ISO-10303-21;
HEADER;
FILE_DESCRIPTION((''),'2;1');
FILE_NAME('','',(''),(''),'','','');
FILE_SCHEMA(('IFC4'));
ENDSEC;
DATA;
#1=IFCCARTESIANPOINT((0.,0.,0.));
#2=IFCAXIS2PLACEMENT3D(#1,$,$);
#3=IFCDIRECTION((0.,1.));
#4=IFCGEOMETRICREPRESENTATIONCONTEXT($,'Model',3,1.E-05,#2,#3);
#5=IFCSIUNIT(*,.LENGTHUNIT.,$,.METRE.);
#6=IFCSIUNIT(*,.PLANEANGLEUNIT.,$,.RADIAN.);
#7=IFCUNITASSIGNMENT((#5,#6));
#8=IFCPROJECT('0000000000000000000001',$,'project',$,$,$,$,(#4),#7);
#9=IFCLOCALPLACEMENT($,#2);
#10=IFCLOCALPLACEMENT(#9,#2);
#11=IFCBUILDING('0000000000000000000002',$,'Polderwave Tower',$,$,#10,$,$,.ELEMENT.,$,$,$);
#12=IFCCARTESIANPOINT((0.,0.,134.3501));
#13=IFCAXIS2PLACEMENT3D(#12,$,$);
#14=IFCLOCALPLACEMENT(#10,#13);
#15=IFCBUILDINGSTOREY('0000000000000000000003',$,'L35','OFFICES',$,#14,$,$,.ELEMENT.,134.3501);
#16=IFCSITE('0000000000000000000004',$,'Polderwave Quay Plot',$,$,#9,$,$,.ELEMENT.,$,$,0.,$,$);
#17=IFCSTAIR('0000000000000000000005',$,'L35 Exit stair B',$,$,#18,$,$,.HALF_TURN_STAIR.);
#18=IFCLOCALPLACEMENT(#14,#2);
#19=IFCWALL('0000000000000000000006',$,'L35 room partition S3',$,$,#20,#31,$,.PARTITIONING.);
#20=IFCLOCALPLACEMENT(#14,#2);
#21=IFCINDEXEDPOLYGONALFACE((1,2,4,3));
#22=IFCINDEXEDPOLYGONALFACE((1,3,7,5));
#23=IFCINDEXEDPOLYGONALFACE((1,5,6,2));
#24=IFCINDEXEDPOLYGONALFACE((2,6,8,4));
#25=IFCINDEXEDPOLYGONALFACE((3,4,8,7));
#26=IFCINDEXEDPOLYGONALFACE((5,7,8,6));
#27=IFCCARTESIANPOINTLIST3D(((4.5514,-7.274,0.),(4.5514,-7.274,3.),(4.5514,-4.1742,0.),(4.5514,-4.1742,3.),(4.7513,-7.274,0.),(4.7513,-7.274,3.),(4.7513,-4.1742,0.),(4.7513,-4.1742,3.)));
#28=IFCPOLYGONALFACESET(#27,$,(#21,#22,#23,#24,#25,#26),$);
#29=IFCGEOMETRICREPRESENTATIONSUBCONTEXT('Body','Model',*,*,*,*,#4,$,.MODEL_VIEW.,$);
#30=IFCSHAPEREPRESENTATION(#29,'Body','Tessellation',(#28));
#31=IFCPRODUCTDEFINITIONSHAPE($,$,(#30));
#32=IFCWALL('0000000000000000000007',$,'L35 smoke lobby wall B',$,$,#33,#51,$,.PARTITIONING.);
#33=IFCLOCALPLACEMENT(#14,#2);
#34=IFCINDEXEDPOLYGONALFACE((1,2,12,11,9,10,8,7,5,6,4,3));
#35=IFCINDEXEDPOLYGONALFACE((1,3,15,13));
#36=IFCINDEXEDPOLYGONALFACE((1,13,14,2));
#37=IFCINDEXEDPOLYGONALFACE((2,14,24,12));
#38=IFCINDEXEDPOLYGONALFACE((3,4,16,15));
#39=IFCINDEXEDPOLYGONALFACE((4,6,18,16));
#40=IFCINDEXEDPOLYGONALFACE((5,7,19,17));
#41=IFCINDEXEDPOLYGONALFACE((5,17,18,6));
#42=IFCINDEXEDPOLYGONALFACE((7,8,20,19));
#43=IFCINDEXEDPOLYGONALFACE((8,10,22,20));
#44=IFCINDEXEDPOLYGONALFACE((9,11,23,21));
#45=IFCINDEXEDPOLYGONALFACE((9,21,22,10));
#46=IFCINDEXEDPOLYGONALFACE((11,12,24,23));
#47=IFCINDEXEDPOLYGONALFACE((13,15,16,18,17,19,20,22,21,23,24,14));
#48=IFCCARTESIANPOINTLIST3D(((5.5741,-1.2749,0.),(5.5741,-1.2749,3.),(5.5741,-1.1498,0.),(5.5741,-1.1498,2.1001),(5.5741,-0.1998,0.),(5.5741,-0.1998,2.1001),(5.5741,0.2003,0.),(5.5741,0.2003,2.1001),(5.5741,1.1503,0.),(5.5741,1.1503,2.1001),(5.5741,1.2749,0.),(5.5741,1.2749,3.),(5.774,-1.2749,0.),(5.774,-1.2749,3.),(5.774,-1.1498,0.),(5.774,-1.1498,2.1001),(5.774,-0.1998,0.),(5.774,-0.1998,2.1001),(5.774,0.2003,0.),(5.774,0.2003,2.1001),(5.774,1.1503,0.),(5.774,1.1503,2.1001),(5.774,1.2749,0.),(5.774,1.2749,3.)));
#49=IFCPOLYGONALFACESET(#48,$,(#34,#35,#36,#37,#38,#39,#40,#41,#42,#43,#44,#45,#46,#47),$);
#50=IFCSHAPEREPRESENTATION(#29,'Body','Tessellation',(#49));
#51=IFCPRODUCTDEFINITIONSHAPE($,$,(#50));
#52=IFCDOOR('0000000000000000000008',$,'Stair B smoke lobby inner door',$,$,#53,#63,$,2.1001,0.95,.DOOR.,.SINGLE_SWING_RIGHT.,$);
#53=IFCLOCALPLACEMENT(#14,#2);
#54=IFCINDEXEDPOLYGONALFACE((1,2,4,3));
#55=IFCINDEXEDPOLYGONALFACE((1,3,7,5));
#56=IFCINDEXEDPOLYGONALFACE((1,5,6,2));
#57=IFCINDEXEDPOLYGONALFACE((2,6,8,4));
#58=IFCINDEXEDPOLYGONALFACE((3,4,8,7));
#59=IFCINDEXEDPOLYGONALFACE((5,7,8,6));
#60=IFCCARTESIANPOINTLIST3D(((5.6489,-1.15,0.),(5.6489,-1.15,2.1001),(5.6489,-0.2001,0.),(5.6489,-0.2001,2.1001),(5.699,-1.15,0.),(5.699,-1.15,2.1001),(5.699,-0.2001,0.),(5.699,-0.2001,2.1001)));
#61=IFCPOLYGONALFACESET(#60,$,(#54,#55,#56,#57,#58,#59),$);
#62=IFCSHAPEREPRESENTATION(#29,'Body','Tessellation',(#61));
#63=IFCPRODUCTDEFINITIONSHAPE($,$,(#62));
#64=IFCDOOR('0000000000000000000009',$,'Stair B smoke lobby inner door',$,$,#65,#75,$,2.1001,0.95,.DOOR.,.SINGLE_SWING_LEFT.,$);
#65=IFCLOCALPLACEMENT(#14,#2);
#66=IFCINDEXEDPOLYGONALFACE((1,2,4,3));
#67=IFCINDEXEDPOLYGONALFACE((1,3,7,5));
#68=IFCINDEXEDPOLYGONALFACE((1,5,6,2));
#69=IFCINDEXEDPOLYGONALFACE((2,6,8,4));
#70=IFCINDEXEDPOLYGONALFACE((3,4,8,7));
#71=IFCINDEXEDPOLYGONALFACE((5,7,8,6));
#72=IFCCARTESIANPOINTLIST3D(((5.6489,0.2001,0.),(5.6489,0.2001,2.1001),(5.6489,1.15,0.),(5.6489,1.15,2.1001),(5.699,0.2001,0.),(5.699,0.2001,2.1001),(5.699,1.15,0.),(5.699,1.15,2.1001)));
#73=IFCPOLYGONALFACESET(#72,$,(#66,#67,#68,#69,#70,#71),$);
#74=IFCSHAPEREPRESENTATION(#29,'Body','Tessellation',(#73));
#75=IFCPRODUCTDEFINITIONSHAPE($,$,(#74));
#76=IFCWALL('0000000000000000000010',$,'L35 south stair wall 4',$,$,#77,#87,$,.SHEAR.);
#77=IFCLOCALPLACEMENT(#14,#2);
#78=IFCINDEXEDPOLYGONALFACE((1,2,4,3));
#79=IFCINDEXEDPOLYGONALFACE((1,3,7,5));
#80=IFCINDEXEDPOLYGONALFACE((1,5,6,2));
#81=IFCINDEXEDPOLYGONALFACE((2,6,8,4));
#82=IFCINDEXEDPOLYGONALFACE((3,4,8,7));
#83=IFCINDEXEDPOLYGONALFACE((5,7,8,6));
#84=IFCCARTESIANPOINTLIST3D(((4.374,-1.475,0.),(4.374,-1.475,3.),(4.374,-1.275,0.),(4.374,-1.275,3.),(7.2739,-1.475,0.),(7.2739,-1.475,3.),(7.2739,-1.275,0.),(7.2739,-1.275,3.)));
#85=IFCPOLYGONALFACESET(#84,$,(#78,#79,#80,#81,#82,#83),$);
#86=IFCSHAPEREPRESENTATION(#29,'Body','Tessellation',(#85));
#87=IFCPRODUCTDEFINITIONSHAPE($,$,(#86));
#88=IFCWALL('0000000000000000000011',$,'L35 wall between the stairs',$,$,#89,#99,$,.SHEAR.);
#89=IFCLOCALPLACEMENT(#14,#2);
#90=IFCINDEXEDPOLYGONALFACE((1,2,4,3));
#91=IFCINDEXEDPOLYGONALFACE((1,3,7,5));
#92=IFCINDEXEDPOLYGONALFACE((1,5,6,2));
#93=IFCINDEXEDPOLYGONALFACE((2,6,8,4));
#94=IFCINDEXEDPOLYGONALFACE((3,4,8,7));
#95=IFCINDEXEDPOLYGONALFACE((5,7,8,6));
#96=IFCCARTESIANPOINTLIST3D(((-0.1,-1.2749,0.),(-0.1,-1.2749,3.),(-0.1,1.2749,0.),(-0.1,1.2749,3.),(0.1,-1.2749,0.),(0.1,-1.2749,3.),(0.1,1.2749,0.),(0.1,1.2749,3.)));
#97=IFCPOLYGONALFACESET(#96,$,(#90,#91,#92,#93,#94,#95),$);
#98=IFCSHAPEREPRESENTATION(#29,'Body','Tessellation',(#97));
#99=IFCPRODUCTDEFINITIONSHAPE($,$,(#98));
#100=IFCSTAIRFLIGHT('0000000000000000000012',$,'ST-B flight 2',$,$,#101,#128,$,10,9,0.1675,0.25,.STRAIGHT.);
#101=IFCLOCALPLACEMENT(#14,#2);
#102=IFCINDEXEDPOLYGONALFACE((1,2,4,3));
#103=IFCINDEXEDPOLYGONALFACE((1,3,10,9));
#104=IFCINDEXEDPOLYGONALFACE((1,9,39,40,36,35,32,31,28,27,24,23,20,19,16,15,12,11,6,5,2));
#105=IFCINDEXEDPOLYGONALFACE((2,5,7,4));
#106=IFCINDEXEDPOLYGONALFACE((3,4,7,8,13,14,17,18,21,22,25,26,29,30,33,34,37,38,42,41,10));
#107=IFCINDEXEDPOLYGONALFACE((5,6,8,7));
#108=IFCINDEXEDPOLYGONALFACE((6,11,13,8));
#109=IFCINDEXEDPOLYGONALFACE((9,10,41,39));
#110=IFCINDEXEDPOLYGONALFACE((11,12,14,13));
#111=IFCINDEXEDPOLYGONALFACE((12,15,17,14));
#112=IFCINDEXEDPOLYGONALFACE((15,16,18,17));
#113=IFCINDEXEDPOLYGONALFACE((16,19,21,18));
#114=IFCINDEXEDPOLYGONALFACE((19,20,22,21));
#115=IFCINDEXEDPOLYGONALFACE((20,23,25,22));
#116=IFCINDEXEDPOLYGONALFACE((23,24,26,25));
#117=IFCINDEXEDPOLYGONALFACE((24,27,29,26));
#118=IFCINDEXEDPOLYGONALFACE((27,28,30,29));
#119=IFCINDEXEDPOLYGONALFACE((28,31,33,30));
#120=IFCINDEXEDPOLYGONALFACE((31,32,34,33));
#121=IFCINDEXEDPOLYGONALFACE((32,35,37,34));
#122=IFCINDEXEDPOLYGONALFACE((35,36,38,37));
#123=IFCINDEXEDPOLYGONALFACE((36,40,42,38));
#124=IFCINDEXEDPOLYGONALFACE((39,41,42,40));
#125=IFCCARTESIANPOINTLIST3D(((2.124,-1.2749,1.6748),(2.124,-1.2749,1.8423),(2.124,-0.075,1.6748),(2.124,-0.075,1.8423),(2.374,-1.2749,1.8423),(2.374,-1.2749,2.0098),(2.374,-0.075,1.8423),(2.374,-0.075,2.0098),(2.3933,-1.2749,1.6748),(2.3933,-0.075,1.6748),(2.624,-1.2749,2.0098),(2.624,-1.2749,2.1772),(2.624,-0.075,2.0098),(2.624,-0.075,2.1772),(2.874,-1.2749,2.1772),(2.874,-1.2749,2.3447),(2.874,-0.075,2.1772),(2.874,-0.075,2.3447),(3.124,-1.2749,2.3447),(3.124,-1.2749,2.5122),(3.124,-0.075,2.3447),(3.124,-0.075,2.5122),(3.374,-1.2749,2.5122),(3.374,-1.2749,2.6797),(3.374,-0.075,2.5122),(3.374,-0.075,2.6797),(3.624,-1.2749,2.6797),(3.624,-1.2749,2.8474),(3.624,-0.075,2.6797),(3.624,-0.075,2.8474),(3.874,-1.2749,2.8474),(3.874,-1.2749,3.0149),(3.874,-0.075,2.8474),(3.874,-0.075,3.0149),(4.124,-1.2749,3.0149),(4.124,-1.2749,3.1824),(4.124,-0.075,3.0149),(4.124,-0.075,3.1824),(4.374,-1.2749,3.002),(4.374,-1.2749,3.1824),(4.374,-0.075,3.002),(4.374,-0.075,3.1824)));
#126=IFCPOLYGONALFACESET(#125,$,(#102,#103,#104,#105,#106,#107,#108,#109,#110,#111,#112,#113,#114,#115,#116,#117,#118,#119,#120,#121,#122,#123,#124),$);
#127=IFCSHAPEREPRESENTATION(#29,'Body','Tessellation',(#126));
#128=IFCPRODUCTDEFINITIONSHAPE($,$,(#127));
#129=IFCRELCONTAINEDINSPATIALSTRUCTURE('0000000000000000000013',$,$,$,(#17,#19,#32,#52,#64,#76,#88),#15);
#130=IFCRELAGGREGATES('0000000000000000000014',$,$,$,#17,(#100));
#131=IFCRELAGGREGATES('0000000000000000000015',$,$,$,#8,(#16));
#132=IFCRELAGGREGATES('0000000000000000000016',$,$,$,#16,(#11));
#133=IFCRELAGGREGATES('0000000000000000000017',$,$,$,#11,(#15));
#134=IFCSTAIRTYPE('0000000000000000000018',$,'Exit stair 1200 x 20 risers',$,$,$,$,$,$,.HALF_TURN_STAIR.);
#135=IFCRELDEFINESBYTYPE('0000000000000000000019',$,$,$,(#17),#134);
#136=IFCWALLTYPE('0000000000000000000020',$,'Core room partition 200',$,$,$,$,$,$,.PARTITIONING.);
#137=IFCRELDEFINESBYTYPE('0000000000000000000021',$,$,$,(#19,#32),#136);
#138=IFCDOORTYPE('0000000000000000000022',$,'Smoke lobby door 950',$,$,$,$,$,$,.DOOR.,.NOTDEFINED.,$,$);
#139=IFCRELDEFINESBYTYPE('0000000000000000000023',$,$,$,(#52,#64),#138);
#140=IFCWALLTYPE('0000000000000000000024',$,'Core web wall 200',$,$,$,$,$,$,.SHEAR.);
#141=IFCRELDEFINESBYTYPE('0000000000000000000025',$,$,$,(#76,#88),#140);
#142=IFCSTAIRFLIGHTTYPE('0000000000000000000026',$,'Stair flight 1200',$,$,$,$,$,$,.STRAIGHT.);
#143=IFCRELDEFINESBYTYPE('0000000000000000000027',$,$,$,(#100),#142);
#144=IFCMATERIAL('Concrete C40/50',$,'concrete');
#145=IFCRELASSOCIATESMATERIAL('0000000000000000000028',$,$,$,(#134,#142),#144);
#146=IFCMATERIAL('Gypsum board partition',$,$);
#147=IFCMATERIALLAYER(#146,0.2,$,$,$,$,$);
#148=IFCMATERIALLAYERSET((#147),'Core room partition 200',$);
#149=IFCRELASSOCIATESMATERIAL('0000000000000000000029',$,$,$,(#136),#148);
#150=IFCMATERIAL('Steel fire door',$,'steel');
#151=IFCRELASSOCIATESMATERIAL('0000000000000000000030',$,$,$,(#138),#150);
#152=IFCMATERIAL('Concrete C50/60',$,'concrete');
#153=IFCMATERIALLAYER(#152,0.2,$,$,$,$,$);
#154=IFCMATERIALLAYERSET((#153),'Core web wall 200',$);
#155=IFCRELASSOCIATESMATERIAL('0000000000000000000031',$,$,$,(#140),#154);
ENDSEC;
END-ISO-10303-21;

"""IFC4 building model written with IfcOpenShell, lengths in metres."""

from ifc_helpers import new_model, si_unit, direction, frame, frame_2d, origin, place, context, subcontext, project, spatial, polyline, rectangle, outline, extrude, material, layer, layer_set, type_object, element, fill, aggregate, save


model = new_model("IFC4")

# Units and contexts
model_context = context("Model", 3, precision=1e-05, world=origin(), true_north=direction((0.0, 1.0)))
body_context = subcontext(model_context, "Body", "Model", "MODEL_VIEW")
ifc_project = project(units=[si_unit("LENGTHUNIT", "METRE"), si_unit("PLANEANGLEUNIT", "RADIAN")], contexts=[model_context])

# Site, building, storey
site_placement = place(None, origin())
site = spatial("IfcSite", under=ifc_project, at=site_placement, Name="Polderwave Quay Plot", CompositionType="ELEMENT", RefElevation=0.0)
building_placement = place(site_placement, origin())
building = spatial("IfcBuilding", under=site, at=building_placement, Name="Polderwave Tower", CompositionType="ELEMENT")
storey_placement = place(building_placement, frame((0.0, 0.0, 134.3501)))
storey = spatial("IfcBuildingStorey", under=building, at=storey_placement, Name="L35", Description="OFFICES", CompositionType="ELEMENT", Elevation=134.3501)

# Shared definitions
ifc_material_1 = material(Name="Concrete C40/50", Category="concrete")

# Stair
stair_type = type_object("IfcStairType", Name="Exit stair 1200 x 20 risers", PredefinedType="HALF_TURN_STAIR", material=ifc_material_1)
stair_1_placement = place(storey_placement, origin())
stair_1 = element("IfcStair", 1, at=stair_1_placement, inside=storey, type_object=stair_type, Name="L35 Exit stair B", PredefinedType="HALF_TURN_STAIR")

# Wall
ifc_material_2 = material(Name="Gypsum board partition")
ifc_layer_1 = layer(ifc_material_2, 0.2)
ifc_layer_set_1 = layer_set([ifc_layer_1], Name="Core room partition 200")
wall_type_1 = type_object("IfcWallType", Name="Core room partition 200", PredefinedType="PARTITIONING", material=ifc_layer_set_1)
wall_1_placement = place(storey_placement, frame((4.6514, -7.2739, 0.0), z_axis=(0.0, 0.0, 1.0), x_axis=(0.0, 1.0, 0.0)))
element("IfcWall", 2, at=wall_1_placement, inside=storey, type_object=wall_type_1, Name="L35 room partition S3", PredefinedType="PARTITIONING", context=body_context, shape_type="SweptSolid", body=[
    extrude(rectangle(XDim=3.0999, YDim=0.2, at=frame_2d((1.5498, 0.0))), origin(), (0.0, 0.0, 1.0), 3.0),
])

# Wall, openings, doors
wall_2_placement = place(storey_placement, frame((5.6741, -1.2749, 0.0), z_axis=(0.0, 0.0, 1.0), x_axis=(0.0, 1.0, 0.0)))
wall_2 = element("IfcWall", 3, at=wall_2_placement, inside=storey, type_object=wall_type_1, Name="L35 smoke lobby wall B", PredefinedType="PARTITIONING", context=body_context, shape_type="SweptSolid", body=[
    extrude(rectangle(XDim=2.5498, YDim=0.2, at=frame_2d((1.2749, 0.0))), origin(), (0.0, 0.0, 1.0), 3.0),
])
opening_1_placement = place(wall_2_placement, frame((0.125, 0.0, 0.0)))
opening_1 = element("IfcOpeningElement", 4, at=opening_1_placement, cuts=wall_2, PredefinedType="OPENING", context=body_context, shape_type="SweptSolid", body=[
    extrude(rectangle(XDim=0.95, YDim=2.1001, at=frame_2d((0.4751, 1.05))), frame((0.0, 0.1099, 0.0), z_axis=(0.0, -1.0, 0.0), x_axis=(1.0, 0.0, 0.0)), (0.0, 0.0, 1.0), 0.22),
])
opening_2_placement = place(wall_2_placement, frame((1.4751, 0.0, 0.0)))
opening_2 = element("IfcOpeningElement", 5, at=opening_2_placement, cuts=wall_2, PredefinedType="OPENING", context=body_context, shape_type="SweptSolid", body=[
    extrude(rectangle(XDim=0.95, YDim=2.1001, at=frame_2d((0.4751, 1.05))), frame((0.0, 0.1099, 0.0), z_axis=(0.0, -1.0, 0.0), x_axis=(1.0, 0.0, 0.0)), (0.0, 0.0, 1.0), 0.22),
])
ifc_material_3 = material(Name="Steel fire door", Category="steel")
door_type = type_object("IfcDoorType", Name="Smoke lobby door 950", OperationType="NOTDEFINED", PredefinedType="DOOR", material=ifc_material_3)
door_1_placement = place(opening_1_placement, frame((0.95, 0.0, 0.0), z_axis=(0.0, 0.0, 1.0), x_axis=(-1.0, 0.0, 0.0)))
door_1 = element("IfcDoor", 6, at=door_1_placement, inside=storey, type_object=door_type, Name="Stair B smoke lobby inner door", OperationType="SINGLE_SWING_RIGHT", OverallHeight=2.1001, OverallWidth=0.95, PredefinedType="DOOR", context=body_context, shape_type="SweptSolid", body=[
    extrude(rectangle(XDim=0.95, YDim=2.1001, at=frame_2d((0.4751, 1.05))), frame((0.0, 0.0249, 0.0), z_axis=(0.0, -1.0, 0.0), x_axis=(1.0, 0.0, 0.0)), (0.0, 0.0, 1.0), 0.05),
])
fill(opening_1, door_1)
door_2_placement = place(opening_2_placement, frame((0.95, 0.0, 0.0), z_axis=(0.0, 0.0, 1.0), x_axis=(-1.0, 0.0, 0.0)))
door_2 = element("IfcDoor", 7, at=door_2_placement, inside=storey, type_object=door_type, Name="Stair B smoke lobby inner door", OperationType="SINGLE_SWING_LEFT", OverallHeight=2.1001, OverallWidth=0.95, PredefinedType="DOOR", context=body_context, shape_type="SweptSolid", body=[
    extrude(rectangle(XDim=0.95, YDim=2.1001, at=frame_2d((0.4751, 1.05))), frame((0.0, 0.0249, 0.0), z_axis=(0.0, -1.0, 0.0), x_axis=(1.0, 0.0, 0.0)), (0.0, 0.0, 1.0), 0.05),
])
fill(opening_2, door_2)

# Walls
ifc_material_4 = material(Name="Concrete C50/60", Category="concrete")
ifc_layer_2 = layer(ifc_material_4, 0.2)
ifc_layer_set_2 = layer_set([ifc_layer_2], Name="Core web wall 200")
wall_type_2 = type_object("IfcWallType", Name="Core web wall 200", PredefinedType="SHEAR", material=ifc_layer_set_2)
wall_3_placement = place(storey_placement, frame((4.374, -1.375, 0.0), z_axis=(0.0, 0.0, 1.0), x_axis=(1.0, 0.0, 0.0)))
element("IfcWall", 8, at=wall_3_placement, inside=storey, type_object=wall_type_2, Name="L35 south stair wall 4", PredefinedType="SHEAR", context=body_context, shape_type="SweptSolid", body=[
    extrude(rectangle(XDim=2.8999, YDim=0.2, at=frame_2d((1.45, 0.0))), origin(), (0.0, 0.0, 1.0), 3.0),
])
wall_4_placement = place(storey_placement, frame((0.0, -1.2749, 0.0), z_axis=(0.0, 0.0, 1.0), x_axis=(0.0, 1.0, 0.0)))
element("IfcWall", 9, at=wall_4_placement, inside=storey, type_object=wall_type_2, Name="L35 wall between the stairs", PredefinedType="SHEAR", context=body_context, shape_type="SweptSolid", body=[
    extrude(rectangle(XDim=2.5498, YDim=0.2, at=frame_2d((1.2749, 0.0))), origin(), (0.0, 0.0, 1.0), 3.0),
])

# Stair flight
stair_flight_type = type_object("IfcStairFlightType", Name="Stair flight 1200", PredefinedType="STRAIGHT", material=ifc_material_1)
stair_flight_placement = place(storey_placement, frame((2.124, -0.675, 1.6748), z_axis=(0.0, 0.0, 1.0), x_axis=(1.0, 0.0, 0.0)))
stair_flight = element("IfcStairFlight", 10, at=stair_flight_placement, type_object=stair_flight_type, Name="ST-B flight 2", NumberOfRisers=10, NumberOfTreads=9, PredefinedType="STRAIGHT", RiserHeight=0.1675, TreadLength=0.25, context=body_context, shape_type="SweptSolid", body=[
    extrude(outline(polyline([(0.0, 0.0), (0.0, 0.1675), (0.25, 0.1675), (0.25, 0.335), (0.5, 0.335), (0.5, 0.5024), (0.75, 0.5024), (0.75, 0.6699), (1.0, 0.6699), (1.0, 0.8374), (1.25, 0.8374), (1.25, 1.0049), (1.5, 1.0049), (1.5, 1.1726), (1.75, 1.1726), (1.75, 1.3401), (2.0, 1.3401), (2.0, 1.5076), (2.25, 1.5076), (2.25, 1.675), (2.25, 1.3271), (0.2693, 0.0), (0.0, 0.0)])), frame((0.0, 0.6001, 0.0), z_axis=(0.0, -1.0, 0.0), x_axis=(1.0, 0.0, 0.0)), (0.0, 0.0, 1.0), 1.2),
])
aggregate(stair_1, [stair_flight])

save(model, "model.ifc")
